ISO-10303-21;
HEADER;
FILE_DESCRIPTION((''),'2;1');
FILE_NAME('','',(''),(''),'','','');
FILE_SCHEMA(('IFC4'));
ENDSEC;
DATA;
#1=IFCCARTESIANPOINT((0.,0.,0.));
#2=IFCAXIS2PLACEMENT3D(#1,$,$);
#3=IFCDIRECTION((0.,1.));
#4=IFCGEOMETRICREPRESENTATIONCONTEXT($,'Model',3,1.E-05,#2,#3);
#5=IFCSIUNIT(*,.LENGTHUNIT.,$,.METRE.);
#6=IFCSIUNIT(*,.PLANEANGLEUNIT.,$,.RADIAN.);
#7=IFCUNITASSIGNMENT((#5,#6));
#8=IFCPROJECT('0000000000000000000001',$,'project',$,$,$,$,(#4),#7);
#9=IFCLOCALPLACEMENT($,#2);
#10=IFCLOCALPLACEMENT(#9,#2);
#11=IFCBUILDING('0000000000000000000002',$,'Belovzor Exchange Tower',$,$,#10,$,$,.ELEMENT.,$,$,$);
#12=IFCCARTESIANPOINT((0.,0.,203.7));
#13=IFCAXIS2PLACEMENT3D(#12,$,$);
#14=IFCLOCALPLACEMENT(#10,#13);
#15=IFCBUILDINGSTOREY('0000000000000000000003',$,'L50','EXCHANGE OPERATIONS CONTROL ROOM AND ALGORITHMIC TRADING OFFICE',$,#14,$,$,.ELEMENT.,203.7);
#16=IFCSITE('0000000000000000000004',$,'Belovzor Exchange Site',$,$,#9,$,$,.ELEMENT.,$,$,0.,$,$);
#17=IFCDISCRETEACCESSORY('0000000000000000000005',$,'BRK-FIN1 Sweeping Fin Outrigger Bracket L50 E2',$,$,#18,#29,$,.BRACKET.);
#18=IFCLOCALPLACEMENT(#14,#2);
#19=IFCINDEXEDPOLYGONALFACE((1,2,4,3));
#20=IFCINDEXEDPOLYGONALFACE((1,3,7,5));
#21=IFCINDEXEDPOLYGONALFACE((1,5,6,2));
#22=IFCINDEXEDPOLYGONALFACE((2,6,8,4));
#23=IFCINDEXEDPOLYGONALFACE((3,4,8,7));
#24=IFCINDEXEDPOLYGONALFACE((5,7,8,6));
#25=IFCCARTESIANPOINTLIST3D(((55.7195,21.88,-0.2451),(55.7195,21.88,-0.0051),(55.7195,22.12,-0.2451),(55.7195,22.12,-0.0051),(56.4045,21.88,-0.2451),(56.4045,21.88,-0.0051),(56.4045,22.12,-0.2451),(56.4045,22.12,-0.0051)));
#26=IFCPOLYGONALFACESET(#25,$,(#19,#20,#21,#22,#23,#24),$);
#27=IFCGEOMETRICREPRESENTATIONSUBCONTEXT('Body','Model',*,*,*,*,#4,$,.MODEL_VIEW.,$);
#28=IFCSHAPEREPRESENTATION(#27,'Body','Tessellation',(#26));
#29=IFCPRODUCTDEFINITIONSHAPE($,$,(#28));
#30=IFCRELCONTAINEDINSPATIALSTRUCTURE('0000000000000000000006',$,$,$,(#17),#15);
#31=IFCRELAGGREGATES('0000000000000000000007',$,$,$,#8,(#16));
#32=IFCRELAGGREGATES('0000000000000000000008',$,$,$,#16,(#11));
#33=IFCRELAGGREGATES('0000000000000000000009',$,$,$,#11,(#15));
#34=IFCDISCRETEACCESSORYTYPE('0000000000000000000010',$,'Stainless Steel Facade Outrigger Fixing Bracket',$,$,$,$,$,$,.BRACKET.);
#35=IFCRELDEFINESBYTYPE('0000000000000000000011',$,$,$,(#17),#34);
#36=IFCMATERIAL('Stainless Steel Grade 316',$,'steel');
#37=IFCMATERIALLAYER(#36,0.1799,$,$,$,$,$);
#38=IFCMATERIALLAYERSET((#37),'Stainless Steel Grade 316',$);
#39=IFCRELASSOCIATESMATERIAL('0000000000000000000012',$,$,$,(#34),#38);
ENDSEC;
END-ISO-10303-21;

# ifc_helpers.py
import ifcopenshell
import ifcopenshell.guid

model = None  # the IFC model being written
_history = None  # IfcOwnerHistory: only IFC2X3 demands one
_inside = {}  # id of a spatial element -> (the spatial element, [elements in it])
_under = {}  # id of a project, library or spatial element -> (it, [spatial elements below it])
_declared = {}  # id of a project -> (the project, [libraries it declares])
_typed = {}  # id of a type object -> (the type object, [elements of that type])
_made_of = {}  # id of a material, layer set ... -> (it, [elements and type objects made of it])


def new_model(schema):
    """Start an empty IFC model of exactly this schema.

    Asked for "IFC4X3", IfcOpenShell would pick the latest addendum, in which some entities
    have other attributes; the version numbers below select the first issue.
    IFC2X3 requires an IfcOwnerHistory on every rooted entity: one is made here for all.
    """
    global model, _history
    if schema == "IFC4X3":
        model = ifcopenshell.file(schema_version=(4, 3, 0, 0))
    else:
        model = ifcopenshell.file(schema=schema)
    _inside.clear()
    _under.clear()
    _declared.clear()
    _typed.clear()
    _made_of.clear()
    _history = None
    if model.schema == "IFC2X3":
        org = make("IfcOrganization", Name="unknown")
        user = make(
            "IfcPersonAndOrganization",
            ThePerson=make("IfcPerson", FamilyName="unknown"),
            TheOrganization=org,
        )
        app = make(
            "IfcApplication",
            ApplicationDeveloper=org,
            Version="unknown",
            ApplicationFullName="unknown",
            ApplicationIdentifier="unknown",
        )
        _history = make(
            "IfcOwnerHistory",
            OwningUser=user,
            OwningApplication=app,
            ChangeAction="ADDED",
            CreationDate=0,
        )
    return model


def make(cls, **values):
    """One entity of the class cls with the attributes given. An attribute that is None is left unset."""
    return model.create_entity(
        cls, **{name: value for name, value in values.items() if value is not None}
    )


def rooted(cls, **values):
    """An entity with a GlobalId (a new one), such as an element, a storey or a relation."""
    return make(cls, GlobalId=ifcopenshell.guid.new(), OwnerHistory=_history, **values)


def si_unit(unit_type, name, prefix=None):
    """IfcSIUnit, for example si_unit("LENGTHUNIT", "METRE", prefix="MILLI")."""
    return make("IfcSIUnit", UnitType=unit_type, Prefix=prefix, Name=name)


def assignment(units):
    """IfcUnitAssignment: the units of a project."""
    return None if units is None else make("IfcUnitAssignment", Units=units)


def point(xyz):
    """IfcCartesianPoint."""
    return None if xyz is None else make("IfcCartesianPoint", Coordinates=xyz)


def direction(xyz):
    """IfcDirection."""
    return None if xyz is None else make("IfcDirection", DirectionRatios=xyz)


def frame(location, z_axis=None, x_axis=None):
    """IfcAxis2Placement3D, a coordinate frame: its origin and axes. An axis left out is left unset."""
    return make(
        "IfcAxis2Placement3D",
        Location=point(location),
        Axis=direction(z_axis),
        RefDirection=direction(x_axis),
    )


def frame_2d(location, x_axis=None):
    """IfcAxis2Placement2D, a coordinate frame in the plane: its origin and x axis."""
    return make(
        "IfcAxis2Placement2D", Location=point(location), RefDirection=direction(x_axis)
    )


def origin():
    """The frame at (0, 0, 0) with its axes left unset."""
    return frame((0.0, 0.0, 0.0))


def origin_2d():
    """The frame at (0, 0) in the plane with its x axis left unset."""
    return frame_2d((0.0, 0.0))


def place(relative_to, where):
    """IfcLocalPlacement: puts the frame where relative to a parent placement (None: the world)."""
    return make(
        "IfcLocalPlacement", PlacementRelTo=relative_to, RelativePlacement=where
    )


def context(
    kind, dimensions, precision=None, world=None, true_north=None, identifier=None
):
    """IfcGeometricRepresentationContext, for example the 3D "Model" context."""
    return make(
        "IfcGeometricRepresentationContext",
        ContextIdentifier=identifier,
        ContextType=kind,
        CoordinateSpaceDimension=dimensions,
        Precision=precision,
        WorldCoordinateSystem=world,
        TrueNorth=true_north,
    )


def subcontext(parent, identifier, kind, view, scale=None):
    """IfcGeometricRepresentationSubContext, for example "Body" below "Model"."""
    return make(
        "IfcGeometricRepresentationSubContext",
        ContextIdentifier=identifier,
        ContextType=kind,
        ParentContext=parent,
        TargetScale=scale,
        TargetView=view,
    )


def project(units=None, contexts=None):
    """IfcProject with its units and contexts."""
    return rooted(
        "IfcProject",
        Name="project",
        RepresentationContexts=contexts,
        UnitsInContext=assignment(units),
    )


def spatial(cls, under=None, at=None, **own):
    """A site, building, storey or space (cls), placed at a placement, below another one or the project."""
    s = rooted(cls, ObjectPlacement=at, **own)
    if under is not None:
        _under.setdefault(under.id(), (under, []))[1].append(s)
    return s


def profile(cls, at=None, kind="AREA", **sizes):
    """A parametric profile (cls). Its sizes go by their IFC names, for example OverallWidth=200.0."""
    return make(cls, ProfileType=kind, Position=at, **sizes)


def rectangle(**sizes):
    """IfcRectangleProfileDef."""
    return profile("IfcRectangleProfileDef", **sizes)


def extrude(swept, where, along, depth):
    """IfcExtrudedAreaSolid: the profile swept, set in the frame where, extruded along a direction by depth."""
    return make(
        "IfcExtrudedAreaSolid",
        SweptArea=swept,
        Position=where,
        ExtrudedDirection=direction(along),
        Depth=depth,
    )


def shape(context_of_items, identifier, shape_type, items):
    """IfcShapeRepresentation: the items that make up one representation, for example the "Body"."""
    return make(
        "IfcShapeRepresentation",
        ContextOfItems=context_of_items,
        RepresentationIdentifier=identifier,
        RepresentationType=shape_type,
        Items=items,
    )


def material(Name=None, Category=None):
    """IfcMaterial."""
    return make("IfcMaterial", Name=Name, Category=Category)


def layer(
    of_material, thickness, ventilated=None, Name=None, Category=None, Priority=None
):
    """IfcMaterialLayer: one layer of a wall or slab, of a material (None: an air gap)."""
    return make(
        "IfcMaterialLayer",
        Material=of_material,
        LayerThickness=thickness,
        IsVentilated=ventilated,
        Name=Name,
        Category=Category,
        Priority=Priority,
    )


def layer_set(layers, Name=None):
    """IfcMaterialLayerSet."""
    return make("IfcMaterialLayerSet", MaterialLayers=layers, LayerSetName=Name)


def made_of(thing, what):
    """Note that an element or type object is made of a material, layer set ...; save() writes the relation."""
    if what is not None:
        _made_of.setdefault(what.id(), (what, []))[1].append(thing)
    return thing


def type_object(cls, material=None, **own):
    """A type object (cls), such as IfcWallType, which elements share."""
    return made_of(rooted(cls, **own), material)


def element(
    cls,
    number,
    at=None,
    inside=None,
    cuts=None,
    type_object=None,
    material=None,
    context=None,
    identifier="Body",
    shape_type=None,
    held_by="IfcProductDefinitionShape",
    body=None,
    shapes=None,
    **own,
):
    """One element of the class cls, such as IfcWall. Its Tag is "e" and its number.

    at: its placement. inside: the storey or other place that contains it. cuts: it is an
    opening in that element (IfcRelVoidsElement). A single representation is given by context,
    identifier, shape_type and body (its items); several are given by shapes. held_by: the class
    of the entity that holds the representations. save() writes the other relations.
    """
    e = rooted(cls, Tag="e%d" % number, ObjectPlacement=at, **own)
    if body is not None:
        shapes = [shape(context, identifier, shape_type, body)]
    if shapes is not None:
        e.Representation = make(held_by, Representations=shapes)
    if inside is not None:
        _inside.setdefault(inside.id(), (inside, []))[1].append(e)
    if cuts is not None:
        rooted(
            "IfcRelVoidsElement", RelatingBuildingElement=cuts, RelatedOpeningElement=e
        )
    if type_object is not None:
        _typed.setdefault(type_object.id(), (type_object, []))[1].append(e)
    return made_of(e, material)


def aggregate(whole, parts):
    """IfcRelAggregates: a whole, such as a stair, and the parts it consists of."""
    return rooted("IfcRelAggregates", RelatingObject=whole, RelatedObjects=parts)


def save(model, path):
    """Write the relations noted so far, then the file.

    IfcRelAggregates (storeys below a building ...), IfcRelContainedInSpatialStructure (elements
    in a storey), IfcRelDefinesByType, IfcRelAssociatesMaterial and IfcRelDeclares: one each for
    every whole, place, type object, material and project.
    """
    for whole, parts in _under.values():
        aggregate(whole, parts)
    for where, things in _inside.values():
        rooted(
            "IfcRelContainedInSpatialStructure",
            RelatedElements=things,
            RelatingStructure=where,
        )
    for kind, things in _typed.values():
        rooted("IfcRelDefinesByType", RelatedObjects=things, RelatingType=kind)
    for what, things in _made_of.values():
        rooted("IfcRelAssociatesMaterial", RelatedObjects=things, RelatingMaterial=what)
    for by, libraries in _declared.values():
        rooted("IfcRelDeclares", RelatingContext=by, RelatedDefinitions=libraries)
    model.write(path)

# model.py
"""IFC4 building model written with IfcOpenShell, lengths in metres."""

from ifc_helpers import new_model, si_unit, direction, frame, origin, origin_2d, place, context, subcontext, project, spatial, rectangle, extrude, material, layer, layer_set, type_object, element, save


model = new_model("IFC4")

# Units and contexts
model_context = context("Model", 3, precision=1e-05, world=origin(), true_north=direction((0.0, 1.0)))
body_context = subcontext(model_context, "Body", "Model", "MODEL_VIEW")
ifc_project = project(units=[si_unit("LENGTHUNIT", "METRE"), si_unit("PLANEANGLEUNIT", "RADIAN")], contexts=[model_context])

# Site, building, storey
site_placement = place(None, origin())
site = spatial("IfcSite", under=ifc_project, at=site_placement, Name="Belovzor Exchange Site", CompositionType="ELEMENT", RefElevation=0.0)
building_placement = place(site_placement, origin())
building = spatial("IfcBuilding", under=site, at=building_placement, Name="Belovzor Exchange Tower", CompositionType="ELEMENT")
storey_placement = place(building_placement, frame((0.0, 0.0, 203.7)))
storey = spatial("IfcBuildingStorey", under=building, at=storey_placement, Name="L50", Description="EXCHANGE OPERATIONS CONTROL ROOM AND ALGORITHMIC TRADING OFFICE", CompositionType="ELEMENT", Elevation=203.7)

# Discrete accessory
ifc_material_1 = material(Name="Stainless Steel Grade 316", Category="steel")
ifc_layer_1 = layer(ifc_material_1, 0.1799)
ifc_layer_set_1 = layer_set([ifc_layer_1], Name="Stainless Steel Grade 316")
discrete_accessory_type = type_object("IfcDiscreteAccessoryType", Name="Stainless Steel Facade Outrigger Fixing Bracket", PredefinedType="BRACKET", material=ifc_layer_set_1)
discrete_accessory_placement = place(storey_placement, frame((56.062, 22.0, -0.2451), z_axis=(0.0, 0.0, 1.0), x_axis=(1.0, 0.0, 0.0)))
element("IfcDiscreteAccessory", 1, at=discrete_accessory_placement, inside=storey, type_object=discrete_accessory_type, Name="BRK-FIN1 Sweeping Fin Outrigger Bracket L50 E2", PredefinedType="BRACKET", context=body_context, shape_type="SweptSolid", body=[
    extrude(rectangle(XDim=0.6851, YDim=0.24, at=origin_2d()), origin(), (0.0, 0.0, 1.0), 0.24),
])

save(model, "model.ifc")
